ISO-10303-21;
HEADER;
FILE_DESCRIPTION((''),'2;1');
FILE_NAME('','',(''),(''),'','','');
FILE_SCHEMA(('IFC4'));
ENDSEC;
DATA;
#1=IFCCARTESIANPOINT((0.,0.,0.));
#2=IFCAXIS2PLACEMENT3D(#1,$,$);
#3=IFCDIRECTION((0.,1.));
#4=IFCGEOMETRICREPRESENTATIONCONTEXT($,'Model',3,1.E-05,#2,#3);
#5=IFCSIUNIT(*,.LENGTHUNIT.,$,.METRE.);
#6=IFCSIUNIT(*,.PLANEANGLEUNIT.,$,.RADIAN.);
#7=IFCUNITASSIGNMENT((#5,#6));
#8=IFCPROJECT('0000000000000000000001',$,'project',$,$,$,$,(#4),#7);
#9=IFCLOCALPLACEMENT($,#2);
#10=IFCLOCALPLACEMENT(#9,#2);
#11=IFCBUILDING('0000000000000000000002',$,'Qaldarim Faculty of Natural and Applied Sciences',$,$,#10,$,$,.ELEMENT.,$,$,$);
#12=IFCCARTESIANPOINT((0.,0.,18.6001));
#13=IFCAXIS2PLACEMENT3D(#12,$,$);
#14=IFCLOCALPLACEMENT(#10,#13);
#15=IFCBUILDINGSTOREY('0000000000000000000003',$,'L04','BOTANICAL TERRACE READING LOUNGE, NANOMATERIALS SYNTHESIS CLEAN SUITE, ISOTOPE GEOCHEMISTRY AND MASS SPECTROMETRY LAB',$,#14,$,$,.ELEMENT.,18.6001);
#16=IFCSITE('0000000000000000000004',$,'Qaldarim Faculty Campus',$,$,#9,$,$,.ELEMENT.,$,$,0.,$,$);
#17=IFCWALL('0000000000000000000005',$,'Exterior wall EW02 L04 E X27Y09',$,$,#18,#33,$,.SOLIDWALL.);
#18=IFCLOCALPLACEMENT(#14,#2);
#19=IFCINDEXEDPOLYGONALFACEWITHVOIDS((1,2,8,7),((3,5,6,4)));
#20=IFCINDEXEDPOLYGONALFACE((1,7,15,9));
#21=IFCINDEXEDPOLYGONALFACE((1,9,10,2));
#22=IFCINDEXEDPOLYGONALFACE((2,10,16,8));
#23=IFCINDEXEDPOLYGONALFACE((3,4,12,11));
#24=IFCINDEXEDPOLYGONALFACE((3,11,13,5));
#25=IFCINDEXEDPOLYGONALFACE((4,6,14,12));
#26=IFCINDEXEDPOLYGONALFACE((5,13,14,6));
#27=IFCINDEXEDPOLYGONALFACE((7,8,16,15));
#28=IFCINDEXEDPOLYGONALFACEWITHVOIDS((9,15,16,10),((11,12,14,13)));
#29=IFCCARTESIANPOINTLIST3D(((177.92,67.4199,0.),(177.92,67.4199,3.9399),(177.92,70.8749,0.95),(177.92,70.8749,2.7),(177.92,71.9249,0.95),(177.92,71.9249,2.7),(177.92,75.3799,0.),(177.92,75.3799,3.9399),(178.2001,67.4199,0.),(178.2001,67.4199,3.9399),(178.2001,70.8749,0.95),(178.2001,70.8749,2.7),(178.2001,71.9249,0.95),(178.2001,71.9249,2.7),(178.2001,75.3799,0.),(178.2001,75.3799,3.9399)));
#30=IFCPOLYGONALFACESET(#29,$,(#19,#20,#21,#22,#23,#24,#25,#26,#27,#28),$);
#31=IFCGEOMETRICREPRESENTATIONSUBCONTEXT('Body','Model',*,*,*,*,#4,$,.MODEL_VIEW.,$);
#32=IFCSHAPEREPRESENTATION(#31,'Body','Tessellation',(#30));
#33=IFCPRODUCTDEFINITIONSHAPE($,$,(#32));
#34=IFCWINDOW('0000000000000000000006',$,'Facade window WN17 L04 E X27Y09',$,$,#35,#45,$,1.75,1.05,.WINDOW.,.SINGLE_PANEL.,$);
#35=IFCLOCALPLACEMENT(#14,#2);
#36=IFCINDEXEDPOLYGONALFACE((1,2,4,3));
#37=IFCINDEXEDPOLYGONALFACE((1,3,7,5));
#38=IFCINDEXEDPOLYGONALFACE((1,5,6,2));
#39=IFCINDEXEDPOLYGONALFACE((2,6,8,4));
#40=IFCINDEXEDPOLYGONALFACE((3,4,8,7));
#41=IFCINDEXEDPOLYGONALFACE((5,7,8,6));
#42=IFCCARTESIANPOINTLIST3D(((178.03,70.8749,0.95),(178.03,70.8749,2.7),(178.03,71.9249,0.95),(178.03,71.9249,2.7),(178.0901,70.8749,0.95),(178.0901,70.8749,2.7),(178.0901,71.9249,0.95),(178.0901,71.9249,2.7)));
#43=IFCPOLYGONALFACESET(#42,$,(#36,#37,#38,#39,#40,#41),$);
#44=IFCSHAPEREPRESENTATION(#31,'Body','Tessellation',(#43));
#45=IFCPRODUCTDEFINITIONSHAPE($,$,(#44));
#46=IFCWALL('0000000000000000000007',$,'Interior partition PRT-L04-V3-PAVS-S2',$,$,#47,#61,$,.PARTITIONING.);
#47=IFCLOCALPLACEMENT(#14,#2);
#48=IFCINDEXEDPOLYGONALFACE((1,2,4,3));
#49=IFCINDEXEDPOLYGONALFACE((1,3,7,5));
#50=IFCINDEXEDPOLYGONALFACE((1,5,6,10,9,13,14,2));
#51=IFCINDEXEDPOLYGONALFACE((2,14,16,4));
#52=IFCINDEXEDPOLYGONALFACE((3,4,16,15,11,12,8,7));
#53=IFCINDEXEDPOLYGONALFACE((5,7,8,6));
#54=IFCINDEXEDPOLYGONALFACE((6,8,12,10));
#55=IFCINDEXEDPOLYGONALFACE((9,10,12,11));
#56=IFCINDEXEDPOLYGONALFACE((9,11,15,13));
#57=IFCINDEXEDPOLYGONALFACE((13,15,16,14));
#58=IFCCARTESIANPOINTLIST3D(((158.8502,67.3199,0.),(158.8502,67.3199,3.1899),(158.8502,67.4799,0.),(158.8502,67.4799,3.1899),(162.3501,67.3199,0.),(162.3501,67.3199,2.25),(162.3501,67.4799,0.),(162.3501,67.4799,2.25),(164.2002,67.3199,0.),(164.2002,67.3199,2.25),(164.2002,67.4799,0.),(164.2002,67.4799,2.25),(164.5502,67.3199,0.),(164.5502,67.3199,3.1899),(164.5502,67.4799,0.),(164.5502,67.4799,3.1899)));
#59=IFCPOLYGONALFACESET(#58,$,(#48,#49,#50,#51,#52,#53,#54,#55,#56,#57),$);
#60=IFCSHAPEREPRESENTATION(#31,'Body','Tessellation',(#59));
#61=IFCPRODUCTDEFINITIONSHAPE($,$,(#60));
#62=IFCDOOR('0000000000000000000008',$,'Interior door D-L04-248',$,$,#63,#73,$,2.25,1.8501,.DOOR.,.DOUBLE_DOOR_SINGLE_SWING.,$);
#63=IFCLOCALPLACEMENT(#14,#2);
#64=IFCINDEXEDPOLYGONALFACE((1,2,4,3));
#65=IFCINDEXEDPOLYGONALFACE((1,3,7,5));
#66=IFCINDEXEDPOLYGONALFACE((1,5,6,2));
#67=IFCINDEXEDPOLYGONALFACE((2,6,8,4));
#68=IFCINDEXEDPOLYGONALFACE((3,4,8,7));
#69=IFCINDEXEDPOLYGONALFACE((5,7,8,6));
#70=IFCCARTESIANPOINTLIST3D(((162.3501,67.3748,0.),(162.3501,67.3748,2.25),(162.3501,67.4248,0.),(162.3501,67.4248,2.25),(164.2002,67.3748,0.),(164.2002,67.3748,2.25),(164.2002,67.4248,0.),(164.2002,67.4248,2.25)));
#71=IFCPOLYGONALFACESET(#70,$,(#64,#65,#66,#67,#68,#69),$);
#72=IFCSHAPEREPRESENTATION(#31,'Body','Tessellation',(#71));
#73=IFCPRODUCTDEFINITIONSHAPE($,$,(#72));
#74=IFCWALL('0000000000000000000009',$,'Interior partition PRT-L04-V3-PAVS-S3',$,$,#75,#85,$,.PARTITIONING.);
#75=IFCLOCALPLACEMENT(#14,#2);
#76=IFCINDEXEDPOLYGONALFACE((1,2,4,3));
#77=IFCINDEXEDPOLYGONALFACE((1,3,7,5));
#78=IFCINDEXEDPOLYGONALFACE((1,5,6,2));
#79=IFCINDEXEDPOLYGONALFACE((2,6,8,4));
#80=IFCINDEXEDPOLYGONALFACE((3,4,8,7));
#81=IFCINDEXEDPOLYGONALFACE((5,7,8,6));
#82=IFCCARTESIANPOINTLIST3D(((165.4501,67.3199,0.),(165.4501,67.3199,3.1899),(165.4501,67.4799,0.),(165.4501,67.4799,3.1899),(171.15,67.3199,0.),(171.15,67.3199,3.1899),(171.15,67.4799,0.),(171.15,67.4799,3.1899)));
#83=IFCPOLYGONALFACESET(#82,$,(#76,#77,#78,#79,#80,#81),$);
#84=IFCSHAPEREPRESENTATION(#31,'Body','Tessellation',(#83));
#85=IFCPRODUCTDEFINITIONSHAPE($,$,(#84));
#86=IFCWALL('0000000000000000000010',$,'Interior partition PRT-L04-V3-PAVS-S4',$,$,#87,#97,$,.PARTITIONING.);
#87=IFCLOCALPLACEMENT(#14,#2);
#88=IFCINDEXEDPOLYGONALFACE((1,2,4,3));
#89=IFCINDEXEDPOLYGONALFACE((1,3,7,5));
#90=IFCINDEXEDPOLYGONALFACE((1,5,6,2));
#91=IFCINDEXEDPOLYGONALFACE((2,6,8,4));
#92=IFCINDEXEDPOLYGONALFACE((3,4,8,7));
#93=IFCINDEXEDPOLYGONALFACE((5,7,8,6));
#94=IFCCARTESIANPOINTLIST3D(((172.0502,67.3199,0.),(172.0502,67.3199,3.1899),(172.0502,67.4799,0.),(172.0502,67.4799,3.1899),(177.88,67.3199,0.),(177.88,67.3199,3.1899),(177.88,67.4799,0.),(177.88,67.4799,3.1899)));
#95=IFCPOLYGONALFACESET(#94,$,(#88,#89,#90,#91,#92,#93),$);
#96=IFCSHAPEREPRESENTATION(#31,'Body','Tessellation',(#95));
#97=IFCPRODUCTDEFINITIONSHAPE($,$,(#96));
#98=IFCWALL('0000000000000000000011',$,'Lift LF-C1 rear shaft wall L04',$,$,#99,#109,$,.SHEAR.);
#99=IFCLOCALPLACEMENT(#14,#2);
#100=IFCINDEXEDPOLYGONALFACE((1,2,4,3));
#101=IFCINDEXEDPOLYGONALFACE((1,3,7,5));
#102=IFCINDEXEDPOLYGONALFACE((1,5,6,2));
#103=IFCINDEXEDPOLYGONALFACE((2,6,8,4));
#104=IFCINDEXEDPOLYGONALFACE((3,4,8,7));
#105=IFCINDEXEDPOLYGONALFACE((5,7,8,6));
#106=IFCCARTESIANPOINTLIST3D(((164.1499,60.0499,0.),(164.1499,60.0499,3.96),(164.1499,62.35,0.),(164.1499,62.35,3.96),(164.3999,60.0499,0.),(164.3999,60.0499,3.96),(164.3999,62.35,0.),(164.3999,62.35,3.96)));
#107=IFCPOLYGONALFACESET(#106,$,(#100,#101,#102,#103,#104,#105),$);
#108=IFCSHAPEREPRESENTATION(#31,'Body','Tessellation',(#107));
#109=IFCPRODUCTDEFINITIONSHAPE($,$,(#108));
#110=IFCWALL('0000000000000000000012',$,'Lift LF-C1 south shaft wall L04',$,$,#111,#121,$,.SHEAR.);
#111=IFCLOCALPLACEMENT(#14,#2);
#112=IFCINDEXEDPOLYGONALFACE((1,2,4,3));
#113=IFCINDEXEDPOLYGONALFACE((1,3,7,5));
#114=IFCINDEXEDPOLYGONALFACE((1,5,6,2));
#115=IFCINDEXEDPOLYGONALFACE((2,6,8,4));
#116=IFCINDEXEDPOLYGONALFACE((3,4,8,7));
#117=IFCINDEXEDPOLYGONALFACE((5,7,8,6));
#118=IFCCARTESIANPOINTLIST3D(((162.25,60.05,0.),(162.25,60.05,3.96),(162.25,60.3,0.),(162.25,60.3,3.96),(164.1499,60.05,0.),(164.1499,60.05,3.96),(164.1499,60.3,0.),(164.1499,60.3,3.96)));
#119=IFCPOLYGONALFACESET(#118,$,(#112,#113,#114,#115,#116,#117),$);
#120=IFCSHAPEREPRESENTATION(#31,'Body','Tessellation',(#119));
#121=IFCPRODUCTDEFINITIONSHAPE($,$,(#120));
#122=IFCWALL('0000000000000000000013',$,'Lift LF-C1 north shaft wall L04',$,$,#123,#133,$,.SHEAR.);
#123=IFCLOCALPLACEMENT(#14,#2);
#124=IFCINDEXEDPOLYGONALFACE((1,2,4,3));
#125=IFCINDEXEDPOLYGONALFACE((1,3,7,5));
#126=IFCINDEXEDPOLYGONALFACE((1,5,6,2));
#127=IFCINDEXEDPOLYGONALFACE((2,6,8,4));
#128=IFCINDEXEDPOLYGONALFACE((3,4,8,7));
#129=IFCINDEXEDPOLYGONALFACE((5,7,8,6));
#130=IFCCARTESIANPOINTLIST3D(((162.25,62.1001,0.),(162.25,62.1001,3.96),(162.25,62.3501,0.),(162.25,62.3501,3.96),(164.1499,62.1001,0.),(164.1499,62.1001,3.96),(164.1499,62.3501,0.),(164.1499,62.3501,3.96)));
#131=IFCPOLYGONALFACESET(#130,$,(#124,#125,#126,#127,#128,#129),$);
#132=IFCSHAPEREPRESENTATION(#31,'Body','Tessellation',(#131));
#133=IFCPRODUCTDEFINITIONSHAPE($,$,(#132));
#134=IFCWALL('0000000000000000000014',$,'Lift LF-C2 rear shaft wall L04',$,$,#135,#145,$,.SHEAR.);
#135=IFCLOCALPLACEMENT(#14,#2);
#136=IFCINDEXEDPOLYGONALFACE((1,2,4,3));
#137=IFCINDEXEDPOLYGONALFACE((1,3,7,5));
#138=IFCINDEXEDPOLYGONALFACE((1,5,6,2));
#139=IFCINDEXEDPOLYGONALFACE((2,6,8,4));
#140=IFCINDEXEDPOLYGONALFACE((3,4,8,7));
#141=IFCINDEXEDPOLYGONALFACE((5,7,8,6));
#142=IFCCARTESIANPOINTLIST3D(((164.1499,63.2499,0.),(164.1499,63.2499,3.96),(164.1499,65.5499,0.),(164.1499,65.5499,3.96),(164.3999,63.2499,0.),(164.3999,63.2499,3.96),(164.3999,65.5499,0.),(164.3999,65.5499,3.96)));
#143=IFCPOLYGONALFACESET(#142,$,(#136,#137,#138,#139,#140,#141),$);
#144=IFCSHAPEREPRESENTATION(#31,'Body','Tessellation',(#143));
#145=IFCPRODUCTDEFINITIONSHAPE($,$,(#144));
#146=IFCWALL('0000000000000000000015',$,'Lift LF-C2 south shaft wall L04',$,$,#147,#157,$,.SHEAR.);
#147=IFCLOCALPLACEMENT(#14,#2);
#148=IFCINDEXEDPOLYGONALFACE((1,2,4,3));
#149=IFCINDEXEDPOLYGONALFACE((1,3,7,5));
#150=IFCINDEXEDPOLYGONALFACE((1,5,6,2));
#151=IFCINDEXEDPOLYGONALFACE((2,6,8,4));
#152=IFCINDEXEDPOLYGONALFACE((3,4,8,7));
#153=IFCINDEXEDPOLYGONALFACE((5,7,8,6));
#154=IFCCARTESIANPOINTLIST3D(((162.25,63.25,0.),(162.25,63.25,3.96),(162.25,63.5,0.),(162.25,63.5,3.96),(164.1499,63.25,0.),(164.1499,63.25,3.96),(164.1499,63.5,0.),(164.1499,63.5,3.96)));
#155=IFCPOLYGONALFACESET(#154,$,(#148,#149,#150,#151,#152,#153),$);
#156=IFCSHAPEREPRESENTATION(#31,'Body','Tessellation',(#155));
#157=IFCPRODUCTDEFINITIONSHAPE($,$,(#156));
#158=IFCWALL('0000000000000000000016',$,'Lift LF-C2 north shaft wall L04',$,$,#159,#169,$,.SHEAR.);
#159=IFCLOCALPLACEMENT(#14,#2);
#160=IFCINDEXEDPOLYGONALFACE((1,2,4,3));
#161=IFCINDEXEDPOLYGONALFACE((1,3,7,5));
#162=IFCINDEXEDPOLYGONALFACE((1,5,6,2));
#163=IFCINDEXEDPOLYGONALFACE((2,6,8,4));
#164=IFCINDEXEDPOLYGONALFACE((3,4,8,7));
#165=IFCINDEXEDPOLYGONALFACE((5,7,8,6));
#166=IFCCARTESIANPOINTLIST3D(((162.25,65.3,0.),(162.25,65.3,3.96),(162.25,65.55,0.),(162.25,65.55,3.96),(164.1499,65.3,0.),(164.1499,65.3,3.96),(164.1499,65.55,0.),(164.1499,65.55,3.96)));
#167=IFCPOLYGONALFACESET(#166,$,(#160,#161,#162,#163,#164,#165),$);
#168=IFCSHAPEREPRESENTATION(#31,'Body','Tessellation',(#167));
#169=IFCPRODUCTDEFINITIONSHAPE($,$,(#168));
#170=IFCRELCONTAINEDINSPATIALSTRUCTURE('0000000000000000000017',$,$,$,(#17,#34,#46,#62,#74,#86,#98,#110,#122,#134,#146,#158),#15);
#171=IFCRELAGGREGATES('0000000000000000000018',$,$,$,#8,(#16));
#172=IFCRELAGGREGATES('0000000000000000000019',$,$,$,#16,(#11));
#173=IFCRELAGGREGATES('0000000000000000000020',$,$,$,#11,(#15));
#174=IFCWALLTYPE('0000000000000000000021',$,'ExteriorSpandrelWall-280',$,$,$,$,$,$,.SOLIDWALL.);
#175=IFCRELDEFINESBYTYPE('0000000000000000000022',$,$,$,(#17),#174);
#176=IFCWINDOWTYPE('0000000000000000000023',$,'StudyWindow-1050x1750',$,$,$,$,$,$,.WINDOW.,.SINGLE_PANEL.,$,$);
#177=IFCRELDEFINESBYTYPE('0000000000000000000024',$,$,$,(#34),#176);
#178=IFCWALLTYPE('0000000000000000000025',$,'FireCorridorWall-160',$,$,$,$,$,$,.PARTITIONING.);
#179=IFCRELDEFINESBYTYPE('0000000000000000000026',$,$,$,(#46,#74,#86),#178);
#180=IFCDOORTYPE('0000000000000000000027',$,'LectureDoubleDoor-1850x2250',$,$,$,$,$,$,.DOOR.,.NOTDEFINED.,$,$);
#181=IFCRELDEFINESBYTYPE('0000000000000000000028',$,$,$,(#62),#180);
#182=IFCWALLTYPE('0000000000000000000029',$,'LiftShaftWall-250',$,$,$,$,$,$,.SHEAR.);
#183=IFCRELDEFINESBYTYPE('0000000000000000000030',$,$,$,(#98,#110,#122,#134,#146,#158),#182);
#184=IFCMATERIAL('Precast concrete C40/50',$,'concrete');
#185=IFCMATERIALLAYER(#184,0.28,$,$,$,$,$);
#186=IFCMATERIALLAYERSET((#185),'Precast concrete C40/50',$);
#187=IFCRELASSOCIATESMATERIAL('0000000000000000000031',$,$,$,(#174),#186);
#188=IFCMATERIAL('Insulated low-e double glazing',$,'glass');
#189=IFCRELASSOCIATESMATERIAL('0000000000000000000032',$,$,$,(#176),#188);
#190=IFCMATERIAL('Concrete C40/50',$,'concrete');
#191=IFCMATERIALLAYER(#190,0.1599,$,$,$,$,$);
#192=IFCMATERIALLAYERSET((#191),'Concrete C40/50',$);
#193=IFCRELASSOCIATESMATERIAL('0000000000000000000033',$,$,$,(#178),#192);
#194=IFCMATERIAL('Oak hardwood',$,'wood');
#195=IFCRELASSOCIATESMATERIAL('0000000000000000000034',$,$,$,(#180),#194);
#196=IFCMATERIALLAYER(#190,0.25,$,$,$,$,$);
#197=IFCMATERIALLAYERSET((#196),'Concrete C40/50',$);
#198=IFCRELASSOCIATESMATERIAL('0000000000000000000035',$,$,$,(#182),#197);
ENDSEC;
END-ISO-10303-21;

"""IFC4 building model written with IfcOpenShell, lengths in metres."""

from ifc_helpers import new_model, si_unit, direction, frame, frame_2d, origin, place, context, subcontext, project, spatial, rectangle, extrude, material, layer, layer_set, type_object, element, fill, save


model = new_model("IFC4")

# Units and contexts
model_context = context("Model", 3, precision=1e-05, world=origin(), true_north=direction((0.0, 1.0)))
body_context = subcontext(model_context, "Body", "Model", "MODEL_VIEW")
ifc_project = project(units=[si_unit("LENGTHUNIT", "METRE"), si_unit("PLANEANGLEUNIT", "RADIAN")], contexts=[model_context])

# Site, building, storey
site_placement = place(None, origin())
site = spatial("IfcSite", under=ifc_project, at=site_placement, Name="Qaldarim Faculty Campus", CompositionType="ELEMENT", RefElevation=0.0)
building_placement = place(site_placement, origin())
building = spatial("IfcBuilding", under=site, at=building_placement, Name="Qaldarim Faculty of Natural and Applied Sciences", CompositionType="ELEMENT")
storey_placement = place(building_placement, frame((0.0, 0.0, 18.6001)))
storey = spatial("IfcBuildingStorey", under=building, at=storey_placement, Name="L04", Description="BOTANICAL TERRACE READING LOUNGE, NANOMATERIALS SYNTHESIS CLEAN SUITE, ISOTOPE GEOCHEMISTRY AND MASS SPECTROMETRY LAB", CompositionType="ELEMENT", Elevation=18.6001)

# Shared definitions
ifc_material_1 = material(Name="Concrete C40/50", Category="concrete")

# Wall, opening, window
ifc_material_2 = material(Name="Precast concrete C40/50", Category="concrete")
ifc_layer_1 = layer(ifc_material_2, 0.28)
ifc_layer_set_1 = layer_set([ifc_layer_1], Name="Precast concrete C40/50")
wall_type_1 = type_object("IfcWallType", Name="ExteriorSpandrelWall-280", PredefinedType="SOLIDWALL", material=ifc_layer_set_1)
ifc_material_3 = material(Name="Insulated low-e double glazing", Category="glass")
wall_1_placement = place(storey_placement, frame((178.0601, 67.4199, 0.0), z_axis=(0.0, 0.0, 1.0), x_axis=(0.0, 1.0, 0.0)))
wall_1 = element("IfcWall", 1, at=wall_1_placement, inside=storey, type_object=wall_type_1, Name="Exterior wall EW02 L04 E X27Y09", PredefinedType="SOLIDWALL", context=body_context, shape_type="SweptSolid", body=[
    extrude(rectangle(XDim=7.96, YDim=0.28, at=frame_2d((3.98, 0.0))), origin(), (0.0, 0.0, 1.0), 3.9399),
])
opening_1_placement = place(wall_1_placement, frame((3.4551, 0.0, 0.95)))
opening_1 = element("IfcOpeningElement", 2, at=opening_1_placement, cuts=wall_1, PredefinedType="OPENING", context=body_context, shape_type="SweptSolid", body=[
    extrude(rectangle(XDim=1.05, YDim=1.75, at=frame_2d((0.5249, 0.875))), frame((0.0, 0.1499, 0.0), z_axis=(0.0, -1.0, 0.0), x_axis=(1.0, 0.0, 0.0)), (0.0, 0.0, 1.0), 0.3),
])
window_type_1 = type_object("IfcWindowType", Name="StudyWindow-1050x1750", PartitioningType="SINGLE_PANEL", PredefinedType="WINDOW", material=ifc_material_3)
window_1_placement = place(opening_1_placement, origin())
window_1 = element("IfcWindow", 3, at=window_1_placement, inside=storey, type_object=window_type_1, Name="Facade window WN17 L04 E X27Y09", OverallHeight=1.75, OverallWidth=1.05, PartitioningType="SINGLE_PANEL", PredefinedType="WINDOW", context=body_context, shape_type="SweptSolid", body=[
    extrude(rectangle(XDim=1.05, YDim=1.75, at=frame_2d((0.5249, 0.875))), frame((0.0, 0.03, 0.0), z_axis=(0.0, -1.0, 0.0), x_axis=(1.0, 0.0, 0.0)), (0.0, 0.0, 1.0), 0.0601),
])
fill(opening_1, window_1)

# Wall, opening, door
ifc_layer_2 = layer(ifc_material_1, 0.1599)
ifc_layer_set_2 = layer_set([ifc_layer_2], Name="Concrete C40/50")
wall_type_2 = type_object("IfcWallType", Name="FireCorridorWall-160", PredefinedType="PARTITIONING", material=ifc_layer_set_2)
wall_2_placement = place(storey_placement, frame((158.8501, 67.3999, 0.0), z_axis=(0.0, 0.0, 1.0), x_axis=(1.0, 0.0, 0.0)))
wall_2 = element("IfcWall", 4, at=wall_2_placement, inside=storey, type_object=wall_type_2, Name="Interior partition PRT-L04-V3-PAVS-S2", PredefinedType="PARTITIONING", context=body_context, shape_type="SweptSolid", body=[
    extrude(rectangle(XDim=5.7, YDim=0.1599, at=frame_2d((2.8501, 0.0))), origin(), (0.0, 0.0, 1.0), 3.1899),
])
opening_2_placement = place(wall_2_placement, frame((3.5, 0.0, 0.0)))
opening_2 = element("IfcOpeningElement", 5, at=opening_2_placement, cuts=wall_2, PredefinedType="OPENING", context=body_context, shape_type="SweptSolid", body=[
    extrude(rectangle(XDim=1.8501, YDim=2.25, at=frame_2d((0.925, 1.125))), frame((0.0, 0.0898, 0.0), z_axis=(0.0, -1.0, 0.0), x_axis=(1.0, 0.0, 0.0)), (0.0, 0.0, 1.0), 0.1799),
])
ifc_material_4 = material(Name="Oak hardwood", Category="wood")
door_type_1 = type_object("IfcDoorType", Name="LectureDoubleDoor-1850x2250", OperationType="NOTDEFINED", PredefinedType="DOOR", material=ifc_material_4)
door_1_placement = place(opening_2_placement, origin())
door_1 = element("IfcDoor", 6, at=door_1_placement, inside=storey, type_object=door_type_1, Name="Interior door D-L04-248", OperationType="DOUBLE_DOOR_SINGLE_SWING", OverallHeight=2.25, OverallWidth=1.8501, PredefinedType="DOOR", context=body_context, shape_type="SweptSolid", body=[
    extrude(rectangle(XDim=1.8501, YDim=2.25, at=frame_2d((0.925, 1.125))), frame((0.0, 0.0249, 0.0), z_axis=(0.0, -1.0, 0.0), x_axis=(1.0, 0.0, 0.0)), (0.0, 0.0, 1.0), 0.05),
])
fill(opening_2, door_1)

# Walls
wall_3_placement = place(storey_placement, frame((165.45, 67.3999, 0.0), z_axis=(0.0, 0.0, 1.0), x_axis=(1.0, 0.0, 0.0)))
element("IfcWall", 7, at=wall_3_placement, inside=storey, type_object=wall_type_2, Name="Interior partition PRT-L04-V3-PAVS-S3", PredefinedType="PARTITIONING", context=body_context, shape_type="SweptSolid", body=[
    extrude(rectangle(XDim=5.7, YDim=0.1599, at=frame_2d((2.8501, 0.0))), origin(), (0.0, 0.0, 1.0), 3.1899),
])
wall_4_placement = place(storey_placement, frame((172.05, 67.3999, 0.0), z_axis=(0.0, 0.0, 1.0), x_axis=(1.0, 0.0, 0.0)))
element("IfcWall", 8, at=wall_4_placement, inside=storey, type_object=wall_type_2, Name="Interior partition PRT-L04-V3-PAVS-S4", PredefinedType="PARTITIONING", context=body_context, shape_type="SweptSolid", body=[
    extrude(rectangle(XDim=5.8298, YDim=0.1599, at=frame_2d((2.915, 0.0))), origin(), (0.0, 0.0, 1.0), 3.1899),
])

# Shared definitions
ifc_layer_3 = layer(ifc_material_1, 0.25)
ifc_layer_set_3 = layer_set([ifc_layer_3], Name="Concrete C40/50")
wall_type_3 = type_object("IfcWallType", Name="LiftShaftWall-250", PredefinedType="SHEAR", material=ifc_layer_set_3)

# Walls
wall_5_placement = place(storey_placement, frame((164.2749, 60.05, 0.0), z_axis=(0.0, 0.0, 1.0), x_axis=(0.0, 1.0, 0.0)))
element("IfcWall", 9, at=wall_5_placement, inside=storey, type_object=wall_type_3, Name="Lift LF-C1 rear shaft wall L04", PredefinedType="SHEAR", context=body_context, shape_type="SweptSolid", body=[
    extrude(rectangle(XDim=2.3, YDim=0.25, at=frame_2d((1.1499, 0.0))), origin(), (0.0, 0.0, 1.0), 3.96),
])
for number, where, z_axis, x_axis, name in (
    (10, (162.25, 60.175, 0.0), (0.0, 0.0, 1.0), (1.0, 0.0, 0.0), "Lift LF-C1 south shaft wall L04"),
    (11, (162.25, 62.2251, 0.0), (0.0, 0.0, 1.0), (1.0, 0.0, 0.0), "Lift LF-C1 north shaft wall L04"),
):
    element("IfcWall", number, at=place(storey_placement, frame(where, z_axis=z_axis, x_axis=x_axis)), inside=storey, type_object=wall_type_3, Name=name, PredefinedType="SHEAR", context=body_context, shape_type="SweptSolid", body=[
        extrude(rectangle(XDim=1.8999, YDim=0.25, at=frame_2d((0.95, 0.0))), origin(), (0.0, 0.0, 1.0), 3.96),
    ])

# Walls
wall_6_placement = place(storey_placement, frame((164.2749, 63.25, 0.0), z_axis=(0.0, 0.0, 1.0), x_axis=(0.0, 1.0, 0.0)))
element("IfcWall", 12, at=wall_6_placement, inside=storey, type_object=wall_type_3, Name="Lift LF-C2 rear shaft wall L04", PredefinedType="SHEAR", context=body_context, shape_type="SweptSolid", body=[
    extrude(rectangle(XDim=2.3, YDim=0.25, at=frame_2d((1.1499, 0.0))), origin(), (0.0, 0.0, 1.0), 3.96),
])
for number, where, z_axis, x_axis, name in (
    (13, (162.25, 63.375, 0.0), (0.0, 0.0, 1.0), (1.0, 0.0, 0.0), "Lift LF-C2 south shaft wall L04"),
    (14, (162.25, 65.425, 0.0), (0.0, 0.0, 1.0), (1.0, 0.0, 0.0), "Lift LF-C2 north shaft wall L04"),
):
    element("IfcWall", number, at=place(storey_placement, frame(where, z_axis=z_axis, x_axis=x_axis)), inside=storey, type_object=wall_type_3, Name=name, PredefinedType="SHEAR", context=body_context, shape_type="SweptSolid", body=[
        extrude(rectangle(XDim=1.8999, YDim=0.25, at=frame_2d((0.95, 0.0))), origin(), (0.0, 0.0, 1.0), 3.96),
    ])

save(model, "model.ifc")
